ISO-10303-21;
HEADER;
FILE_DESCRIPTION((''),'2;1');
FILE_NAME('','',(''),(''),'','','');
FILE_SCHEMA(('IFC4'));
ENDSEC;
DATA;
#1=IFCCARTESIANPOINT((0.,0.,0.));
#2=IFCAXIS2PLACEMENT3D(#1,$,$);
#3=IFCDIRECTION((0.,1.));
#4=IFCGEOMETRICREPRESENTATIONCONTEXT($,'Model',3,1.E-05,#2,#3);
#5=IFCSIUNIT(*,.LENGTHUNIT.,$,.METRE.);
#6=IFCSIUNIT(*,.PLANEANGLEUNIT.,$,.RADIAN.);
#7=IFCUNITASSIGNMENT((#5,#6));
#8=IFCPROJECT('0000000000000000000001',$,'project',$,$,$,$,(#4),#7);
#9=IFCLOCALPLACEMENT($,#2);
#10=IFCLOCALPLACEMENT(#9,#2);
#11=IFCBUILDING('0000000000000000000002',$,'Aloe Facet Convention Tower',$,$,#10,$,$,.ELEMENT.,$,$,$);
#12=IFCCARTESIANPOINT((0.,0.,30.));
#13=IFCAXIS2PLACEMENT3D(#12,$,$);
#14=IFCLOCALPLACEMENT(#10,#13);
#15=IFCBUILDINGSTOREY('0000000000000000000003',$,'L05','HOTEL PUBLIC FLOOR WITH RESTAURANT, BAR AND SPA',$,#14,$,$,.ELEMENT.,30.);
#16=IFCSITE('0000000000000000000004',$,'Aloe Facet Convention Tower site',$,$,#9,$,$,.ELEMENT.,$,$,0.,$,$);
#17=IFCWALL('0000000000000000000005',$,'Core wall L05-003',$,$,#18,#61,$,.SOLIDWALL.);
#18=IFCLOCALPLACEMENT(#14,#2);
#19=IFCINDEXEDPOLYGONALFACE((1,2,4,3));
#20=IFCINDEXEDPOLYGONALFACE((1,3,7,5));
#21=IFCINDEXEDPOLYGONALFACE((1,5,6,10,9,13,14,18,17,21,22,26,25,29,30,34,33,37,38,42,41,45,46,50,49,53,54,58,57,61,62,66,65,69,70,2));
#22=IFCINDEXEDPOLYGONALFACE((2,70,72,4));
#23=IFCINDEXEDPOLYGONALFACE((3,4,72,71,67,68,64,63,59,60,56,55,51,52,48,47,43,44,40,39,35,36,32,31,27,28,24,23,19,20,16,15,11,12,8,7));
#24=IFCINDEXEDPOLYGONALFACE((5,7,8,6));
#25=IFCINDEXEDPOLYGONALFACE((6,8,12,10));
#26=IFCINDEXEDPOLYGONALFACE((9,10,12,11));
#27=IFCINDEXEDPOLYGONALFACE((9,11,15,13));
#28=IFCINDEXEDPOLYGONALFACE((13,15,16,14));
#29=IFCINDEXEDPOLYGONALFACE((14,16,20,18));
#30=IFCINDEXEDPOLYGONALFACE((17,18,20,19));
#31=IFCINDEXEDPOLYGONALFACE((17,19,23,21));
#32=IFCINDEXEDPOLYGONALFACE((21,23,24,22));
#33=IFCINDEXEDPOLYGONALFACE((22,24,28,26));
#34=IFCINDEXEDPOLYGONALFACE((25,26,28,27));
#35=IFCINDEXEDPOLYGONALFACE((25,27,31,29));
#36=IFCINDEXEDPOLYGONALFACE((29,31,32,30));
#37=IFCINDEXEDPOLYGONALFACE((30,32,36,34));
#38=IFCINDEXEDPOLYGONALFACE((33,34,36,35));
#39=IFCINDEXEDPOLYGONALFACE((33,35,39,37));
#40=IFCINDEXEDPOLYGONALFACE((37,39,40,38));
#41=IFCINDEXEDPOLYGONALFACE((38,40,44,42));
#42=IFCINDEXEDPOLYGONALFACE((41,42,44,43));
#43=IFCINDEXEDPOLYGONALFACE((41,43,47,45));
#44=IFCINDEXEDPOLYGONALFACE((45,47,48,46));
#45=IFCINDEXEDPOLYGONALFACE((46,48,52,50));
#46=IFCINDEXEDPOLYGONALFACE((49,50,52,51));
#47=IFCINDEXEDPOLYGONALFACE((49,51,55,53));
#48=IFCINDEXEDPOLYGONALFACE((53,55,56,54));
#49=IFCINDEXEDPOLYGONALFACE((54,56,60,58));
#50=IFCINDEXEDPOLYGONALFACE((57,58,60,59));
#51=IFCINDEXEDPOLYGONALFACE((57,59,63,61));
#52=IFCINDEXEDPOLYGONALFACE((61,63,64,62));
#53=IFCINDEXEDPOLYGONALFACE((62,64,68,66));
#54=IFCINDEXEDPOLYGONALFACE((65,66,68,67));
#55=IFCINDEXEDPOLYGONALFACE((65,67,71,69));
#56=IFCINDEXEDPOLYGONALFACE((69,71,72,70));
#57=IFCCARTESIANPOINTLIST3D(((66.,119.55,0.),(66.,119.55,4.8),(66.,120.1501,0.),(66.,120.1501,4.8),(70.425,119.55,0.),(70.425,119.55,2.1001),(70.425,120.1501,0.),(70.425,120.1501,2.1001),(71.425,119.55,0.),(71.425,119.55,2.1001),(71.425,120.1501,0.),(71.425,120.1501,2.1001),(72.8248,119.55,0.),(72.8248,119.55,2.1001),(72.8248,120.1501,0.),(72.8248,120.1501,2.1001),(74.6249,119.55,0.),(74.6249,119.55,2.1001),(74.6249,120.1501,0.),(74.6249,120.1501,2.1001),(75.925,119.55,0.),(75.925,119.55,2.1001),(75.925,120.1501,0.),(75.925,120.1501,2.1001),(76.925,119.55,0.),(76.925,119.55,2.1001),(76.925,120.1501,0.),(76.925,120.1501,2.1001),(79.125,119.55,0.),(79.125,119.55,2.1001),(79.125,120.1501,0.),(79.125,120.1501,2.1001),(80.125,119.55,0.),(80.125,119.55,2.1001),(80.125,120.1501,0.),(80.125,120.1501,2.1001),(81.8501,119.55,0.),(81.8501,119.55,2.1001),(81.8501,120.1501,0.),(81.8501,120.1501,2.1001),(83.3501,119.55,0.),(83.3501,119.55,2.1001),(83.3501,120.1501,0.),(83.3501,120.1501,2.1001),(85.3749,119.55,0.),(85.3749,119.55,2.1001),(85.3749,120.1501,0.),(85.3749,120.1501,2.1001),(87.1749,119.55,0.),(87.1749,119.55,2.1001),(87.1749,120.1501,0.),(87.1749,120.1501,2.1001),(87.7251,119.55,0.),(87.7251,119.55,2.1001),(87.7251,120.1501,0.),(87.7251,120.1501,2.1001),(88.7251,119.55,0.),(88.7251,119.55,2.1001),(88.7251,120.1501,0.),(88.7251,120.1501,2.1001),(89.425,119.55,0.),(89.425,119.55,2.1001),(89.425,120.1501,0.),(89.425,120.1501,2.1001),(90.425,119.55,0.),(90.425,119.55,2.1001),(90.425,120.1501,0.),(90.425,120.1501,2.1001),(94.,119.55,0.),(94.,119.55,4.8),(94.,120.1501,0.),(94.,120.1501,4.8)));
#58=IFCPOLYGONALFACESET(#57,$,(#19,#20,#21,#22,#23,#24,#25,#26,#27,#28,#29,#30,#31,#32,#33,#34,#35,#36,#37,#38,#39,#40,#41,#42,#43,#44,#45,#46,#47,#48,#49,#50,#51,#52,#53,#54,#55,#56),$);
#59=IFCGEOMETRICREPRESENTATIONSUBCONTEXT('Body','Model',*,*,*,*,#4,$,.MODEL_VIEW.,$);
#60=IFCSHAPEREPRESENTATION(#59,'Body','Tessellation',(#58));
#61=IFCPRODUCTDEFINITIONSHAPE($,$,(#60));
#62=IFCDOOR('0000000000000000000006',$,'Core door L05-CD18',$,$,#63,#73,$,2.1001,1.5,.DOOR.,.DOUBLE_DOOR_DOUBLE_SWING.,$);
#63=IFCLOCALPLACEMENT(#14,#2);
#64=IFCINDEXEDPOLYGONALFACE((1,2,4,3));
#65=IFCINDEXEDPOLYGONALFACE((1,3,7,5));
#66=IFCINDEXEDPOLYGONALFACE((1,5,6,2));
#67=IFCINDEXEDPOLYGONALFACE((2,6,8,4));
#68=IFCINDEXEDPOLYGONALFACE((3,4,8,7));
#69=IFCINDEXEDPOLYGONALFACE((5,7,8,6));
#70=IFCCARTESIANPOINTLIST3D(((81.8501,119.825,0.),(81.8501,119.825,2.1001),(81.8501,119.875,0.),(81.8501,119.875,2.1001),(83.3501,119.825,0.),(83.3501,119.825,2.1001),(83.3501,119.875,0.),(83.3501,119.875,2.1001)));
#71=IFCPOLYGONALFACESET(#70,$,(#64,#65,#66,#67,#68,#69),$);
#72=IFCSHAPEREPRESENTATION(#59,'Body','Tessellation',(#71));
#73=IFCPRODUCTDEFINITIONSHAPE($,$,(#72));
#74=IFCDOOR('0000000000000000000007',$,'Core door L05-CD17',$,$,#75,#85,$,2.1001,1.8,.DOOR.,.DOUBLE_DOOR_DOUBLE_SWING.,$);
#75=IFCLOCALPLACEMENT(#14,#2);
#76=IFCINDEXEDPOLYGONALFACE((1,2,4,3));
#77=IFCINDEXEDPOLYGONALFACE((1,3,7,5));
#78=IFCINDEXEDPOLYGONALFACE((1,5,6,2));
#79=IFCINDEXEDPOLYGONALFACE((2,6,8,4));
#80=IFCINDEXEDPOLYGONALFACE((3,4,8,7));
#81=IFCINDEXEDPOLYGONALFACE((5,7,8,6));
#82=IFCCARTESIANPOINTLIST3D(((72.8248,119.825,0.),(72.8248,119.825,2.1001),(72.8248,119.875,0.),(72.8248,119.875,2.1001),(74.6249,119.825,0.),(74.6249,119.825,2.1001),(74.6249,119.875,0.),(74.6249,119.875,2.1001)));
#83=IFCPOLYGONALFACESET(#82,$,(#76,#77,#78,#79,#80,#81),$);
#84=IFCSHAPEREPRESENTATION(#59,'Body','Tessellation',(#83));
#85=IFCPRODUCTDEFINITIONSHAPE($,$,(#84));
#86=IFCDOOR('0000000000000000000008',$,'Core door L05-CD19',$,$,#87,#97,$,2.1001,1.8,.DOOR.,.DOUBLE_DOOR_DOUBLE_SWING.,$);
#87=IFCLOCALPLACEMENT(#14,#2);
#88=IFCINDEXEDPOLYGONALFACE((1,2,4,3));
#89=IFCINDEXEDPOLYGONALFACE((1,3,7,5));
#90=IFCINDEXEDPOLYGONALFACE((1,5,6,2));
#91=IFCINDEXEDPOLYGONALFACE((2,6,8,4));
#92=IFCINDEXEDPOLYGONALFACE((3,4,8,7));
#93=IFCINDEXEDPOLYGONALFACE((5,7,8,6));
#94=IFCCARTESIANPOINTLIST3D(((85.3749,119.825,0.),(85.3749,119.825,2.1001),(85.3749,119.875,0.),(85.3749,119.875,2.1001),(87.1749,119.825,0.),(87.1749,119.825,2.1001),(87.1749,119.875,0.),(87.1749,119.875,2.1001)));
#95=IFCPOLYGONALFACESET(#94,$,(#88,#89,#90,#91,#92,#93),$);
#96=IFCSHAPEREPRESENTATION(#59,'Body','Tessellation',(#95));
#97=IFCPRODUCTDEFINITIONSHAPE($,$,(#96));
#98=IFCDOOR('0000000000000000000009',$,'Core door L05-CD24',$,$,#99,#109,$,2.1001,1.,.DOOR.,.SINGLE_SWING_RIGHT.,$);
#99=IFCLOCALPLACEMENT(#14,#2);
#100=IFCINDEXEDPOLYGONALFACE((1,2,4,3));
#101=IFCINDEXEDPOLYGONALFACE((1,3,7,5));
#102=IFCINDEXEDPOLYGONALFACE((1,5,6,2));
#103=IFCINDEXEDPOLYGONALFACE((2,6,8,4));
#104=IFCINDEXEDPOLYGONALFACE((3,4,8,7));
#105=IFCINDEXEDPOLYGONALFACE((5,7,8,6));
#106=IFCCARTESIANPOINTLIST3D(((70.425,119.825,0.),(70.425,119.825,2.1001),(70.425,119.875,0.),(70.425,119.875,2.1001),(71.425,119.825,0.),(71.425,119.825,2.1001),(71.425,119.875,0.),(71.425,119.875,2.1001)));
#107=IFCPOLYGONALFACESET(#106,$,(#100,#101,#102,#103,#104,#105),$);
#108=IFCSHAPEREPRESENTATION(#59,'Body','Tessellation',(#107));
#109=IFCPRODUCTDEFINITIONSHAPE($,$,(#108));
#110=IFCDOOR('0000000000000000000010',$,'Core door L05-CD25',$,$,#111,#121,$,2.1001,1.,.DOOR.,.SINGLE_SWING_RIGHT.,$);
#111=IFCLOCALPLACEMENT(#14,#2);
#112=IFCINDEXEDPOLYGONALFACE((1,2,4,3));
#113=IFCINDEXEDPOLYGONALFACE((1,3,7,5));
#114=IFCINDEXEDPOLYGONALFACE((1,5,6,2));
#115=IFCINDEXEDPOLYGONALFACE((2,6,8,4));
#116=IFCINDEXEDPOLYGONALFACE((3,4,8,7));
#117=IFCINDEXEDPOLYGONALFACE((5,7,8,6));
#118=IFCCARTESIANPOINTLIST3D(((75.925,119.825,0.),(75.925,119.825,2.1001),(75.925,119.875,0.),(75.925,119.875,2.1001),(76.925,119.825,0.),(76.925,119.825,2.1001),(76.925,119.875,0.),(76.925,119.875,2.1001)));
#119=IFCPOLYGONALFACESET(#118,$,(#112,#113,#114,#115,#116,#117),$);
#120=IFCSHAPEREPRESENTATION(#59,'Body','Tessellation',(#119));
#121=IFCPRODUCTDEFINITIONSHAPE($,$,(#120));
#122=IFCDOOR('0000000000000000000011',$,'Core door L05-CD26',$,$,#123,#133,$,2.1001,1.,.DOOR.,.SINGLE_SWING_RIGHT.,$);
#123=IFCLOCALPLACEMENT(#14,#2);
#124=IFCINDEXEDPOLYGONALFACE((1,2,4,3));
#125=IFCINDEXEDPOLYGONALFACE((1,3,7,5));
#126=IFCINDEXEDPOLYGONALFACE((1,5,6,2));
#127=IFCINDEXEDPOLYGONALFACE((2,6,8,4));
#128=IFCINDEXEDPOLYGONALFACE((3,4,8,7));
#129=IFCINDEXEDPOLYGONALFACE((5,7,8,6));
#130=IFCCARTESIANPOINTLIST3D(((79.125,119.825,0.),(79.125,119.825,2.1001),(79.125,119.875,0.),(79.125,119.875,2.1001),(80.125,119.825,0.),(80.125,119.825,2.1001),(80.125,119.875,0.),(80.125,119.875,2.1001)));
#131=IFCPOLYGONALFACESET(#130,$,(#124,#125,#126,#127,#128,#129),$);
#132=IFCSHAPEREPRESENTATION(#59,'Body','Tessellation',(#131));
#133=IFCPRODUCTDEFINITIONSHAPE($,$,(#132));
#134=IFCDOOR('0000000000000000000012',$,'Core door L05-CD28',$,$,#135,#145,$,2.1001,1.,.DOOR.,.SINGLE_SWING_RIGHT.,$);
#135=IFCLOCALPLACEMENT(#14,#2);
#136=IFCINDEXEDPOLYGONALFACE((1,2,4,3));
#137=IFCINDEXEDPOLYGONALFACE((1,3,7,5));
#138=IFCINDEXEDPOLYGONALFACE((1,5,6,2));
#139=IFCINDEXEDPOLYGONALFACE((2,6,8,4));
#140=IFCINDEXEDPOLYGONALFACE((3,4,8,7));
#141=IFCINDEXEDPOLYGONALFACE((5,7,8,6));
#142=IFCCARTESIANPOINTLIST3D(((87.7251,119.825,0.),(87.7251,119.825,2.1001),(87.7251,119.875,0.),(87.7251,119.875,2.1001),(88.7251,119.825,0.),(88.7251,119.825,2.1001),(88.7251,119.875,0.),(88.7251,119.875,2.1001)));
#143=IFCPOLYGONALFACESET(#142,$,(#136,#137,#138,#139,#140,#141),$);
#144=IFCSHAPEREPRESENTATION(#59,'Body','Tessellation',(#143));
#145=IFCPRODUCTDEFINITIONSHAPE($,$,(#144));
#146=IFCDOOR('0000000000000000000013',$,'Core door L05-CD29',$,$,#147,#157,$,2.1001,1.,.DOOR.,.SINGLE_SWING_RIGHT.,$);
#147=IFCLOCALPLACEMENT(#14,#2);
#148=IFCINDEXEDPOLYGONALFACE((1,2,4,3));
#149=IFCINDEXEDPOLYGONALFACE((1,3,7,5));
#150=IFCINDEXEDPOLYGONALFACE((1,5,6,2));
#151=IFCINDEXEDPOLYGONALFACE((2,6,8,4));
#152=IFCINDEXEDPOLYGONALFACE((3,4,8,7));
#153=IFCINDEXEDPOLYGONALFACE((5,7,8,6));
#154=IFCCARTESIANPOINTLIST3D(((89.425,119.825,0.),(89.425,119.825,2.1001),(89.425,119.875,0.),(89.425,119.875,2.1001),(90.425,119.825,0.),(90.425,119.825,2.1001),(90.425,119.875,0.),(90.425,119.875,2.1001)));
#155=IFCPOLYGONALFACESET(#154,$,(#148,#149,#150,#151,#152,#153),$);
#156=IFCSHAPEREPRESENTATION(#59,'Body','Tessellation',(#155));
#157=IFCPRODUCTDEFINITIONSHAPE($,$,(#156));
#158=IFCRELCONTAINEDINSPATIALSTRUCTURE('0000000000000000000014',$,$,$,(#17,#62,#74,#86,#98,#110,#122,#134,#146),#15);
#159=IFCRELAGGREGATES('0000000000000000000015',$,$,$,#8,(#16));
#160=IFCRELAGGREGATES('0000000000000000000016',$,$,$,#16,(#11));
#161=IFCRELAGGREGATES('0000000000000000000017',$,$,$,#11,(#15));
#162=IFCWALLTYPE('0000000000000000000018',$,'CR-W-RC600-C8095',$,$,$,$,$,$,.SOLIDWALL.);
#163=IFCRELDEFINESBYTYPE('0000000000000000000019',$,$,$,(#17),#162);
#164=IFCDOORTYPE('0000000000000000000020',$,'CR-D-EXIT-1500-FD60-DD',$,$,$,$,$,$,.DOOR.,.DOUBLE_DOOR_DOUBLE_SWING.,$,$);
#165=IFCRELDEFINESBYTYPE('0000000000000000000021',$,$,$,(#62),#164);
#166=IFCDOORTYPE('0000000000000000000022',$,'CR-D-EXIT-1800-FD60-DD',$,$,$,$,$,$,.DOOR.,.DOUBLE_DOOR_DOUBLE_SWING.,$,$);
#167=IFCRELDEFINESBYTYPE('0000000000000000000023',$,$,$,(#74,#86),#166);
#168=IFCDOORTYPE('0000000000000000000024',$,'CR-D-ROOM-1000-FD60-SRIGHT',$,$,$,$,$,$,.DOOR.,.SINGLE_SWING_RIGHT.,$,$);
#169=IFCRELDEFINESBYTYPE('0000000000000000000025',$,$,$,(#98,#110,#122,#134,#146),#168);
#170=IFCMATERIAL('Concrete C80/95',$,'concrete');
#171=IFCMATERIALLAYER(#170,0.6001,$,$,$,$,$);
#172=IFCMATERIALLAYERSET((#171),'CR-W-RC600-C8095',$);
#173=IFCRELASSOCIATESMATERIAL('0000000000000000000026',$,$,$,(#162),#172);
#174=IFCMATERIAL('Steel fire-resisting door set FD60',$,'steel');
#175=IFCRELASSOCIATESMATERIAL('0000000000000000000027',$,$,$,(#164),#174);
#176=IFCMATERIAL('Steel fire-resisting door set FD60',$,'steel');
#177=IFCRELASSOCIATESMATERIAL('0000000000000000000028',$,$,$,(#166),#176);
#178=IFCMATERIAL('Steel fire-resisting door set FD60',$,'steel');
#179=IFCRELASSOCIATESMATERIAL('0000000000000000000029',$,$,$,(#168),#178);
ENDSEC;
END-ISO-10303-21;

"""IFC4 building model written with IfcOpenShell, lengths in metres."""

from ifc_helpers import new_model, si_unit, direction, frame, frame_2d, origin, place, context, subcontext, project, spatial, rectangle, extrude, material, layer, layer_set, type_object, element, fill, save


model = new_model("IFC4")

# Units and contexts
model_context = context("Model", 3, precision=1e-05, world=origin(), true_north=direction((0.0, 1.0)))
body_context = subcontext(model_context, "Body", "Model", "MODEL_VIEW")
ifc_project = project(units=[si_unit("LENGTHUNIT", "METRE"), si_unit("PLANEANGLEUNIT", "RADIAN")], contexts=[model_context])

# Site, building, storey
site_placement = place(None, origin())
site = spatial("IfcSite", under=ifc_project, at=site_placement, Name="Aloe Facet Convention Tower site", CompositionType="ELEMENT", RefElevation=0.0)
building_placement = place(site_placement, origin())
building = spatial("IfcBuilding", under=site, at=building_placement, Name="Aloe Facet Convention Tower", CompositionType="ELEMENT")
storey_placement = place(building_placement, frame((0.0, 0.0, 30.0)))
storey = spatial("IfcBuildingStorey", under=building, at=storey_placement, Name="L05", Description="HOTEL PUBLIC FLOOR WITH RESTAURANT, BAR AND SPA", CompositionType="ELEMENT", Elevation=30.0)

# Wall, openings, doors
ifc_material_1 = material(Name="Concrete C80/95", Category="concrete")
ifc_layer_1 = layer(ifc_material_1, 0.6001)
ifc_layer_set_1 = layer_set([ifc_layer_1], Name="CR-W-RC600-C8095")
wall_type_1 = type_object("IfcWallType", Name="CR-W-RC600-C8095", PredefinedType="SOLIDWALL", material=ifc_layer_set_1)
wall_1_placement = place(storey_placement, frame((66.0, 119.8501, 0.0), z_axis=(0.0, 0.0, 1.0), x_axis=(1.0, 0.0, 0.0)))
wall_1 = element("IfcWall", 1, at=wall_1_placement, inside=storey, type_object=wall_type_1, Name="Core wall L05-003", PredefinedType="SOLIDWALL", context=body_context, shape_type="SweptSolid", body=[
    extrude(rectangle(XDim=28.0, YDim=0.6001, at=frame_2d((14.0, 0.0))), origin(), (0.0, 0.0, 1.0), 4.8),
])
opening_1_placement = place(wall_1_placement, frame((6.825, 0.0, 0.0)))
opening_1 = element("IfcOpeningElement", 2, at=opening_1_placement, cuts=wall_1, PredefinedType="OPENING", context=body_context, shape_type="SweptSolid", body=[
    extrude(rectangle(XDim=1.8, YDim=2.1001, at=frame_2d((0.8999, 1.05))), frame((0.0, 0.3101, 0.0), z_axis=(0.0, -1.0, 0.0), x_axis=(1.0, 0.0, 0.0)), (0.0, 0.0, 1.0), 0.6201),
])
opening_2_placement = place(wall_1_placement, frame((15.8501, 0.0, 0.0)))
opening_2 = element("IfcOpeningElement", 3, at=opening_2_placement, cuts=wall_1, PredefinedType="OPENING", context=body_context, shape_type="SweptSolid", body=[
    extrude(rectangle(XDim=1.5, YDim=2.1001, at=frame_2d((0.75, 1.05))), frame((0.0, 0.3101, 0.0), z_axis=(0.0, -1.0, 0.0), x_axis=(1.0, 0.0, 0.0)), (0.0, 0.0, 1.0), 0.6201),
])
opening_3_placement = place(wall_1_placement, frame((19.375, 0.0, 0.0)))
opening_3 = element("IfcOpeningElement", 4, at=opening_3_placement, cuts=wall_1, PredefinedType="OPENING", context=body_context, shape_type="SweptSolid", body=[
    extrude(rectangle(XDim=1.8, YDim=2.1001, at=frame_2d((0.8999, 1.05))), frame((0.0, 0.3101, 0.0), z_axis=(0.0, -1.0, 0.0), x_axis=(1.0, 0.0, 0.0)), (0.0, 0.0, 1.0), 0.6201),
])
opening_4_placement = place(wall_1_placement, frame((4.425, 0.0, 0.0)))
opening_4 = element("IfcOpeningElement", 5, at=opening_4_placement, cuts=wall_1, PredefinedType="OPENING", context=body_context, shape_type="SweptSolid", body=[
    extrude(rectangle(XDim=1.0, YDim=2.1001, at=frame_2d((0.5, 1.05))), frame((0.0, 0.3101, 0.0), z_axis=(0.0, -1.0, 0.0), x_axis=(1.0, 0.0, 0.0)), (0.0, 0.0, 1.0), 0.6201),
])
opening_5_placement = place(wall_1_placement, frame((9.925, 0.0, 0.0)))
opening_5 = element("IfcOpeningElement", 6, at=opening_5_placement, cuts=wall_1, PredefinedType="OPENING", context=body_context, shape_type="SweptSolid", body=[
    extrude(rectangle(XDim=1.0, YDim=2.1001, at=frame_2d((0.5, 1.05))), frame((0.0, 0.3101, 0.0), z_axis=(0.0, -1.0, 0.0), x_axis=(1.0, 0.0, 0.0)), (0.0, 0.0, 1.0), 0.6201),
])
opening_6_placement = place(wall_1_placement, frame((13.125, 0.0, 0.0)))
opening_6 = element("IfcOpeningElement", 7, at=opening_6_placement, cuts=wall_1, PredefinedType="OPENING", context=body_context, shape_type="SweptSolid", body=[
    extrude(rectangle(XDim=1.0, YDim=2.1001, at=frame_2d((0.5, 1.05))), frame((0.0, 0.3101, 0.0), z_axis=(0.0, -1.0, 0.0), x_axis=(1.0, 0.0, 0.0)), (0.0, 0.0, 1.0), 0.6201),
])
opening_7_placement = place(wall_1_placement, frame((21.7251, 0.0, 0.0)))
opening_7 = element("IfcOpeningElement", 8, at=opening_7_placement, cuts=wall_1, PredefinedType="OPENING", context=body_context, shape_type="SweptSolid", body=[
    extrude(rectangle(XDim=1.0, YDim=2.1001, at=frame_2d((0.5, 1.05))), frame((0.0, 0.3101, 0.0), z_axis=(0.0, -1.0, 0.0), x_axis=(1.0, 0.0, 0.0)), (0.0, 0.0, 1.0), 0.6201),
])
opening_8_placement = place(wall_1_placement, frame((23.425, 0.0, 0.0)))
opening_8 = element("IfcOpeningElement", 9, at=opening_8_placement, cuts=wall_1, PredefinedType="OPENING", context=body_context, shape_type="SweptSolid", body=[
    extrude(rectangle(XDim=1.0, YDim=2.1001, at=frame_2d((0.5, 1.05))), frame((0.0, 0.3101, 0.0), z_axis=(0.0, -1.0, 0.0), x_axis=(1.0, 0.0, 0.0)), (0.0, 0.0, 1.0), 0.6201),
])
ifc_material_2 = material(Name="Steel fire-resisting door set FD60", Category="steel")
door_type_1 = type_object("IfcDoorType", Name="CR-D-EXIT-1500-FD60-DD", OperationType="DOUBLE_DOOR_DOUBLE_SWING", PredefinedType="DOOR", material=ifc_material_2)
door_1_placement = place(opening_2_placement, origin())
door_1 = element("IfcDoor", 10, at=door_1_placement, inside=storey, type_object=door_type_1, Name="Core door L05-CD18", OperationType="DOUBLE_DOOR_DOUBLE_SWING", OverallHeight=2.1001, OverallWidth=1.5, PredefinedType="DOOR", context=body_context, shape_type="SweptSolid", body=[
    extrude(rectangle(XDim=1.5, YDim=2.1001, at=frame_2d((0.75, 1.05))), frame((0.0, 0.0249, 0.0), z_axis=(0.0, -1.0, 0.0), x_axis=(1.0, 0.0, 0.0)), (0.0, 0.0, 1.0), 0.05),
])
fill(opening_2, door_1)
ifc_material_3 = material(Name="Steel fire-resisting door set FD60", Category="steel")
door_type_2 = type_object("IfcDoorType", Name="CR-D-EXIT-1800-FD60-DD", OperationType="DOUBLE_DOOR_DOUBLE_SWING", PredefinedType="DOOR", material=ifc_material_3)
door_2_placement = place(opening_1_placement, origin())
door_2 = element("IfcDoor", 11, at=door_2_placement, inside=storey, type_object=door_type_2, Name="Core door L05-CD17", OperationType="DOUBLE_DOOR_DOUBLE_SWING", OverallHeight=2.1001, OverallWidth=1.8, PredefinedType="DOOR", context=body_context, shape_type="SweptSolid", body=[
    extrude(rectangle(XDim=1.8, YDim=2.1001, at=frame_2d((0.8999, 1.05))), frame((0.0, 0.0249, 0.0), z_axis=(0.0, -1.0, 0.0), x_axis=(1.0, 0.0, 0.0)), (0.0, 0.0, 1.0), 0.05),
])
fill(opening_1, door_2)
door_3_placement = place(opening_3_placement, origin())
door_3 = element("IfcDoor", 12, at=door_3_placement, inside=storey, type_object=door_type_2, Name="Core door L05-CD19", OperationType="DOUBLE_DOOR_DOUBLE_SWING", OverallHeight=2.1001, OverallWidth=1.8, PredefinedType="DOOR", context=body_context, shape_type="SweptSolid", body=[
    extrude(rectangle(XDim=1.8, YDim=2.1001, at=frame_2d((0.8999, 1.05))), frame((0.0, 0.0249, 0.0), z_axis=(0.0, -1.0, 0.0), x_axis=(1.0, 0.0, 0.0)), (0.0, 0.0, 1.0), 0.05),
])
fill(opening_3, door_3)
ifc_material_4 = material(Name="Steel fire-resisting door set FD60", Category="steel")
door_type_3 = type_object("IfcDoorType", Name="CR-D-ROOM-1000-FD60-SRIGHT", OperationType="SINGLE_SWING_RIGHT", PredefinedType="DOOR", material=ifc_material_4)
door_4_placement = place(opening_4_placement, origin())
door_4 = element("IfcDoor", 13, at=door_4_placement, inside=storey, type_object=door_type_3, Name="Core door L05-CD24", OperationType="SINGLE_SWING_RIGHT", OverallHeight=2.1001, OverallWidth=1.0, PredefinedType="DOOR", context=body_context, shape_type="SweptSolid", body=[
    extrude(rectangle(XDim=1.0, YDim=2.1001, at=frame_2d((0.5, 1.05))), frame((0.0, 0.0249, 0.0), z_axis=(0.0, -1.0, 0.0), x_axis=(1.0, 0.0, 0.0)), (0.0, 0.0, 1.0), 0.05),
])
fill(opening_4, door_4)
door_5_placement = place(opening_5_placement, origin())
door_5 = element("IfcDoor", 14, at=door_5_placement, inside=storey, type_object=door_type_3, Name="Core door L05-CD25", OperationType="SINGLE_SWING_RIGHT", OverallHeight=2.1001, OverallWidth=1.0, PredefinedType="DOOR", context=body_context, shape_type="SweptSolid", body=[
    extrude(rectangle(XDim=1.0, YDim=2.1001, at=frame_2d((0.5, 1.05))), frame((0.0, 0.0249, 0.0), z_axis=(0.0, -1.0, 0.0), x_axis=(1.0, 0.0, 0.0)), (0.0, 0.0, 1.0), 0.05),
])
fill(opening_5, door_5)
door_6_placement = place(opening_6_placement, origin())
door_6 = element("IfcDoor", 15, at=door_6_placement, inside=storey, type_object=door_type_3, Name="Core door L05-CD26", OperationType="SINGLE_SWING_RIGHT", OverallHeight=2.1001, OverallWidth=1.0, PredefinedType="DOOR", context=body_context, shape_type="SweptSolid", body=[
    extrude(rectangle(XDim=1.0, YDim=2.1001, at=frame_2d((0.5, 1.05))), frame((0.0, 0.0249, 0.0), z_axis=(0.0, -1.0, 0.0), x_axis=(1.0, 0.0, 0.0)), (0.0, 0.0, 1.0), 0.05),
])
fill(opening_6, door_6)
door_7_placement = place(opening_7_placement, origin())
door_7 = element("IfcDoor", 16, at=door_7_placement, inside=storey, type_object=door_type_3, Name="Core door L05-CD28", OperationType="SINGLE_SWING_RIGHT", OverallHeight=2.1001, OverallWidth=1.0, PredefinedType="DOOR", context=body_context, shape_type="SweptSolid", body=[
    extrude(rectangle(XDim=1.0, YDim=2.1001, at=frame_2d((0.5, 1.05))), frame((0.0, 0.0249, 0.0), z_axis=(0.0, -1.0, 0.0), x_axis=(1.0, 0.0, 0.0)), (0.0, 0.0, 1.0), 0.05),
])
fill(opening_7, door_7)
door_8_placement = place(opening_8_placement, origin())
door_8 = element("IfcDoor", 17, at=door_8_placement, inside=storey, type_object=door_type_3, Name="Core door L05-CD29", OperationType="SINGLE_SWING_RIGHT", OverallHeight=2.1001, OverallWidth=1.0, PredefinedType="DOOR", context=body_context, shape_type="SweptSolid", body=[
    extrude(rectangle(XDim=1.0, YDim=2.1001, at=frame_2d((0.5, 1.05))), frame((0.0, 0.0249, 0.0), z_axis=(0.0, -1.0, 0.0), x_axis=(1.0, 0.0, 0.0)), (0.0, 0.0, 1.0), 0.05),
])
fill(opening_8, door_8)

save(model, "model.ifc")
